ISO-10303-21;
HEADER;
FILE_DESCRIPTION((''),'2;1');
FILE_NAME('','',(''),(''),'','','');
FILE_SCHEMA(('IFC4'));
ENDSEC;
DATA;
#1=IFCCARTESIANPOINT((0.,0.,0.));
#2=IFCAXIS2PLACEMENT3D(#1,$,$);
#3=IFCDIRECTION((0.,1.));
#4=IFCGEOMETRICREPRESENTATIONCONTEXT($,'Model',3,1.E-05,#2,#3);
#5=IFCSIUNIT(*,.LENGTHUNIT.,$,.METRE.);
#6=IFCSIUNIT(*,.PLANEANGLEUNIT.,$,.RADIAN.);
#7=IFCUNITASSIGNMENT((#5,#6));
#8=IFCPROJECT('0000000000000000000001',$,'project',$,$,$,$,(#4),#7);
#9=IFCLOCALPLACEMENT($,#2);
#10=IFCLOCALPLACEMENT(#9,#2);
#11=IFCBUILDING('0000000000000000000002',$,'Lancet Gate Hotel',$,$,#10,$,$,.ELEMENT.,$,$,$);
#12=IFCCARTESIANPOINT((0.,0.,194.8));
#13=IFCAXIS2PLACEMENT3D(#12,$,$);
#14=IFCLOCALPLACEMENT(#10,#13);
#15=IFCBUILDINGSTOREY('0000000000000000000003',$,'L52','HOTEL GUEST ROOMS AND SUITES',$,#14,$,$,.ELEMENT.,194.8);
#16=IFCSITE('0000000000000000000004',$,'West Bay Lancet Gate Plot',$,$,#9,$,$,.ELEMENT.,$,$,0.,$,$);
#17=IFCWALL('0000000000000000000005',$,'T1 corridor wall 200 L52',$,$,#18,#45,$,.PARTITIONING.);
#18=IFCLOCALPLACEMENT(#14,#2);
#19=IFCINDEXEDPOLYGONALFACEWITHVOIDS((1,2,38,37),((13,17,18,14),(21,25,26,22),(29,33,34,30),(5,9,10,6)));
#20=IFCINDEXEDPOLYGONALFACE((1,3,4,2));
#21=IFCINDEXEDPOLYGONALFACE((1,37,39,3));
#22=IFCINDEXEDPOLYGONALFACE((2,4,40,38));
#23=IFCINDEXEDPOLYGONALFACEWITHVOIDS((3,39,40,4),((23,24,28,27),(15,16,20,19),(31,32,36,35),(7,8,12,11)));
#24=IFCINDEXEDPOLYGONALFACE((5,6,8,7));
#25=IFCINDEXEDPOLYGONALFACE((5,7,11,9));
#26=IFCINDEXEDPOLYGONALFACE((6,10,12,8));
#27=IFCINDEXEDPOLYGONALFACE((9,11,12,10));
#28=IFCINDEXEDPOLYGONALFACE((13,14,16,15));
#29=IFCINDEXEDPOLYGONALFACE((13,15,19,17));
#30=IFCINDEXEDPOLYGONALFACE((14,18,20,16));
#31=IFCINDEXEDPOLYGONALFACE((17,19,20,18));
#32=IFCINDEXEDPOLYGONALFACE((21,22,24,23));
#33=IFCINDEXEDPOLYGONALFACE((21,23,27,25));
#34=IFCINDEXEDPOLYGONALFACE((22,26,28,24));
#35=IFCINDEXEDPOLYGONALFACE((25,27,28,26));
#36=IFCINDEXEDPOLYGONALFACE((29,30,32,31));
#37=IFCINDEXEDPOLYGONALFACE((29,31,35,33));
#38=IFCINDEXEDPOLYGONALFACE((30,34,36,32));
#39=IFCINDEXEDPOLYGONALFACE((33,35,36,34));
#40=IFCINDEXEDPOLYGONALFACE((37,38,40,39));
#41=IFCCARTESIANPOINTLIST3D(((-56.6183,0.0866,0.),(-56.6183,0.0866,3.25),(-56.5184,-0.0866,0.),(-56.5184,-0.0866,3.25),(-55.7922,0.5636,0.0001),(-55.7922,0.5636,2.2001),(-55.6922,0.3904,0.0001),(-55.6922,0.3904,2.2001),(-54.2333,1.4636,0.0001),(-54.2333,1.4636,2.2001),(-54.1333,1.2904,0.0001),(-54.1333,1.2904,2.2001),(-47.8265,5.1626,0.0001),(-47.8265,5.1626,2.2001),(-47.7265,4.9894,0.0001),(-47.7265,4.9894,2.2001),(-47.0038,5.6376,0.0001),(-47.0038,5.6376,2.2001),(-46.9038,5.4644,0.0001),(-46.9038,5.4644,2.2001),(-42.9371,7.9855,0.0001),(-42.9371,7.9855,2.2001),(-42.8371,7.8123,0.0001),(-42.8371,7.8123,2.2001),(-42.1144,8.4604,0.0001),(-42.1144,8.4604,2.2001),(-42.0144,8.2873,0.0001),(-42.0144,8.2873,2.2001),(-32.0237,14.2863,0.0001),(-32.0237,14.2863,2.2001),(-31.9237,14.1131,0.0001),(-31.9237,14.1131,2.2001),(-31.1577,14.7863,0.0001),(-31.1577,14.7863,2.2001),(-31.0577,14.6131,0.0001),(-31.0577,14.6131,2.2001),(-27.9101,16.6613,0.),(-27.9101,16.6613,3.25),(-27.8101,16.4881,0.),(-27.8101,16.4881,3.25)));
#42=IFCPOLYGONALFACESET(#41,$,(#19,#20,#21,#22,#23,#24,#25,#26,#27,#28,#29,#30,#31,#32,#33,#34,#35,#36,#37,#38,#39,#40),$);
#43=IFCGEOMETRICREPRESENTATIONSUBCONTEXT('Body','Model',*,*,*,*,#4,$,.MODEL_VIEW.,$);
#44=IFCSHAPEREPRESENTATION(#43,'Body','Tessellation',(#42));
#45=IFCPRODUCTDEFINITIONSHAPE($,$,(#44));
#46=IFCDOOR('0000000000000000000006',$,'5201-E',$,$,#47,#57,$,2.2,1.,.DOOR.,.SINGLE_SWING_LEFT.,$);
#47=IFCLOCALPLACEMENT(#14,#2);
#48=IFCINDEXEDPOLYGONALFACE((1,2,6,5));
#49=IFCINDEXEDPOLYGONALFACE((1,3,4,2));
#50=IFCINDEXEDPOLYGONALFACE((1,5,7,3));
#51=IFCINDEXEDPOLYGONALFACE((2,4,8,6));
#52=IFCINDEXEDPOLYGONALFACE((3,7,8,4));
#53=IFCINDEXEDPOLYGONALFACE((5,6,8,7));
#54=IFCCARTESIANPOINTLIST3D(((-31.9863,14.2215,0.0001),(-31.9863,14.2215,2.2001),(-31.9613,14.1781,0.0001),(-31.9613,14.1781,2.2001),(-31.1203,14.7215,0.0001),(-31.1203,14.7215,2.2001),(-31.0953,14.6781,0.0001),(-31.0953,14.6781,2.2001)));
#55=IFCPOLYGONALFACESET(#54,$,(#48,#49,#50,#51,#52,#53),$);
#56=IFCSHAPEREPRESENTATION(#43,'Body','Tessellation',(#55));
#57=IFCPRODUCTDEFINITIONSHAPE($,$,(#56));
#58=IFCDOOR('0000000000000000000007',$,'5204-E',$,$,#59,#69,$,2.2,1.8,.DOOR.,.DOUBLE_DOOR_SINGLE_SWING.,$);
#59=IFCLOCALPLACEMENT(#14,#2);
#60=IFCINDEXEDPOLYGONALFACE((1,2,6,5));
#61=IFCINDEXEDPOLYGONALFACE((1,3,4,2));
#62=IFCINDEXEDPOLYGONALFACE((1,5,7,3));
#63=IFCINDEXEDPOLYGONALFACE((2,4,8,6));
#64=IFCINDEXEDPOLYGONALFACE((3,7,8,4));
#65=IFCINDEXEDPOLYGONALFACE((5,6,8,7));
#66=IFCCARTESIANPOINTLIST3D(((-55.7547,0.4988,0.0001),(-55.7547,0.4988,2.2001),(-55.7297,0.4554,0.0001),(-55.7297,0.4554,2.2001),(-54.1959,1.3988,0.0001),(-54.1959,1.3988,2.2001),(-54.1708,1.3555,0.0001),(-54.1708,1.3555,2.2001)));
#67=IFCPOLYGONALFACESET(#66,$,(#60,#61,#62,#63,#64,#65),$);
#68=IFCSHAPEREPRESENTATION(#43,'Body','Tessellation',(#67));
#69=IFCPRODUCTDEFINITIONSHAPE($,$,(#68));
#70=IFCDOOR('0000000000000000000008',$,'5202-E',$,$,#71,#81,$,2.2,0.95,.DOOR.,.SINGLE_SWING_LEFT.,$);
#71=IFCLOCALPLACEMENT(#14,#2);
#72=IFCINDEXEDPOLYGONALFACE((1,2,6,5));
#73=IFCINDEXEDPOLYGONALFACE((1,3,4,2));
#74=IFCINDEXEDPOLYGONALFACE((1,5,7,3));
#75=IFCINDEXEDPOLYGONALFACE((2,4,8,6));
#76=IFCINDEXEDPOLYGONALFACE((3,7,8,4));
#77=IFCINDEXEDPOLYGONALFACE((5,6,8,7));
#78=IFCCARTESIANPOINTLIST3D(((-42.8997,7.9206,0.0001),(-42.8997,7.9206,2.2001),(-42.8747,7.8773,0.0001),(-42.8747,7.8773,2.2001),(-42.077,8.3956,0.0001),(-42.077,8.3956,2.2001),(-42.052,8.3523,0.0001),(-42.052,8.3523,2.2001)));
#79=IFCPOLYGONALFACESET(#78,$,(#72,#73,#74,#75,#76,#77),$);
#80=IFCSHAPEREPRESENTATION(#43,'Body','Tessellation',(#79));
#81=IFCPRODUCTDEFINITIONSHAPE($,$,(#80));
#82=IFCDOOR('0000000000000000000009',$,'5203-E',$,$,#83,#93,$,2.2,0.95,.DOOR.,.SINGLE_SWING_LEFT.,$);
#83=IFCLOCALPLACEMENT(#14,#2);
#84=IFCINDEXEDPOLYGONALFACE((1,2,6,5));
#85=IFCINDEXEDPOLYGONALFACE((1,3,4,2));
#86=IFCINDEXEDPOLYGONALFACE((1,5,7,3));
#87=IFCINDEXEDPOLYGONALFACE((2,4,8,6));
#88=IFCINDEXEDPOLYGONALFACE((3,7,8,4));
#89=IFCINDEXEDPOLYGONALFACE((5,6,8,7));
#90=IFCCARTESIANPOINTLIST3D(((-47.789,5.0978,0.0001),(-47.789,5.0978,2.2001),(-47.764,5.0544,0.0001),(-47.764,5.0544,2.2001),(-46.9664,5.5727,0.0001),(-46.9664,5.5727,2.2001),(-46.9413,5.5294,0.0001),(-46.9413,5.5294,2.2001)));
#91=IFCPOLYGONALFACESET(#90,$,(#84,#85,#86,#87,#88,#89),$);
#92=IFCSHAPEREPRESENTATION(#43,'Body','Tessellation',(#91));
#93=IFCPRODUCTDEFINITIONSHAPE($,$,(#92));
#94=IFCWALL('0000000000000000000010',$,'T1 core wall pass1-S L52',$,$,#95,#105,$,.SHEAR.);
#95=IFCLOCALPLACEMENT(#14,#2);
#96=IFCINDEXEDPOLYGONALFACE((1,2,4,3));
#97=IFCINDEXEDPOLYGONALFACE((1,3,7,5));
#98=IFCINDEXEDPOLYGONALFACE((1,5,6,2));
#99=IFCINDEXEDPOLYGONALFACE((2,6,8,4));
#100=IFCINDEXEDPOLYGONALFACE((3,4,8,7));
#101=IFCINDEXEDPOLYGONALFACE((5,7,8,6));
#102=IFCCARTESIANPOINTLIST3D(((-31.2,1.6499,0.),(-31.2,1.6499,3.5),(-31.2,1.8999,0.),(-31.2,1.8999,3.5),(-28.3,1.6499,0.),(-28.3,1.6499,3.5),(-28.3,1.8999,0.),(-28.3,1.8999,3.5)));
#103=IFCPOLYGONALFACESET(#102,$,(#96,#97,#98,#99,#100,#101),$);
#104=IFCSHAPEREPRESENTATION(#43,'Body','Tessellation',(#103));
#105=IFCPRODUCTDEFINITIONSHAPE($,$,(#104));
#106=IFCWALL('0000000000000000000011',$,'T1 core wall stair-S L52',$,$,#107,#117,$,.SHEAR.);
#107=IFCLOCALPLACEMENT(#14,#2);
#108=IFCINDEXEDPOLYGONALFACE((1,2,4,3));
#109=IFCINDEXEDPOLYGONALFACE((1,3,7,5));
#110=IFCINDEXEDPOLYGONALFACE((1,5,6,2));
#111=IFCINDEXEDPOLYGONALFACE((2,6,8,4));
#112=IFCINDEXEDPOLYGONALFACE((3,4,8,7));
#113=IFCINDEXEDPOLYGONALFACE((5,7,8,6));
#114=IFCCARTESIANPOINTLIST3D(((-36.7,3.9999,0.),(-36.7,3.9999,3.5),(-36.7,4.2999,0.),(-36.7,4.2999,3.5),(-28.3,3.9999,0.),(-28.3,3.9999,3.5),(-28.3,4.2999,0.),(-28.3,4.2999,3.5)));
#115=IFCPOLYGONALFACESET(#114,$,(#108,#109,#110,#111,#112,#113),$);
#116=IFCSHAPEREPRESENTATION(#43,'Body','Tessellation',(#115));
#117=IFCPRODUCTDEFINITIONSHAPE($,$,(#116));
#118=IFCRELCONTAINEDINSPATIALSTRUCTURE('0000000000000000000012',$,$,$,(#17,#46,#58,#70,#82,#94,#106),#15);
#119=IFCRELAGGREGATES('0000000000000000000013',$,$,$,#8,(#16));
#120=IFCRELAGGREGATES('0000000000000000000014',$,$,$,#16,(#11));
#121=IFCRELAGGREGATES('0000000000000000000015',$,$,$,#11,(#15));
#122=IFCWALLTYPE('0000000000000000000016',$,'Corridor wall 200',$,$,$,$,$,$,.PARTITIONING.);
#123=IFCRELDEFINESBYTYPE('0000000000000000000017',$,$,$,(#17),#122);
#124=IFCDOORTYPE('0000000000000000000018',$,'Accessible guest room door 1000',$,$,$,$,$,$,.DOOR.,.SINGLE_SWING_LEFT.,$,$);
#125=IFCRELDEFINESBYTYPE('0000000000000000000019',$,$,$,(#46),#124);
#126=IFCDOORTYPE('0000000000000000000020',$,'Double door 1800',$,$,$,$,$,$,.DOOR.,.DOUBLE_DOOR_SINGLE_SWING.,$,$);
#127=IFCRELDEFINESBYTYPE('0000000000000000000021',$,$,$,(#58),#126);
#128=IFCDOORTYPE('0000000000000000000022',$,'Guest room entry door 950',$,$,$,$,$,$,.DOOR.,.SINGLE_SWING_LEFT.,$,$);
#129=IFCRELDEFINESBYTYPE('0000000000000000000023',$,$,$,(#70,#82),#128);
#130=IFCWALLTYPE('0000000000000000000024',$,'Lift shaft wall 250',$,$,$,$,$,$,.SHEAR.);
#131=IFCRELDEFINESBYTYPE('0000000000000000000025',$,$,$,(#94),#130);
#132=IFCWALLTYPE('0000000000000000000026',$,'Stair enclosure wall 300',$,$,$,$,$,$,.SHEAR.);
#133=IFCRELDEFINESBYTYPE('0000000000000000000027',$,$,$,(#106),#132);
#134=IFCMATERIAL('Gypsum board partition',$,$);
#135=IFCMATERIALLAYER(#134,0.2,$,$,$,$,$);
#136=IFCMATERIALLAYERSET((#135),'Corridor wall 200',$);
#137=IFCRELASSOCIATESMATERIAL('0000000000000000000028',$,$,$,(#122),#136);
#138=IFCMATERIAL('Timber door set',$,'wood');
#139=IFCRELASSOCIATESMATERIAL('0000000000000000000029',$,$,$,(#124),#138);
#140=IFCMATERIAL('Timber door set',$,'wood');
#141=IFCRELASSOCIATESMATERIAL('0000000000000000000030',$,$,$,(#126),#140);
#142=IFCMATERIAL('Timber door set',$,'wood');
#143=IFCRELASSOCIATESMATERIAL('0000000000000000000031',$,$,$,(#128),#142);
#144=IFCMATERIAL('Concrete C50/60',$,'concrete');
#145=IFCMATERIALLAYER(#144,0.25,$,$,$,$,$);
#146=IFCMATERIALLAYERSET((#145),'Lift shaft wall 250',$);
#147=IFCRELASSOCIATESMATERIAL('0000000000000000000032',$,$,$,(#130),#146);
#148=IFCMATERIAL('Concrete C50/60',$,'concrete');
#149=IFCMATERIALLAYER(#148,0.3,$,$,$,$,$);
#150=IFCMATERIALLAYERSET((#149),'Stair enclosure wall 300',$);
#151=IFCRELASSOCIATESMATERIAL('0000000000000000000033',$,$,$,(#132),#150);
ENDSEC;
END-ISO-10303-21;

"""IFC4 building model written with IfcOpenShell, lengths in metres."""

from ifc_helpers import new_model, si_unit, direction, frame, frame_2d, origin, place, context, subcontext, project, spatial, rectangle, extrude, material, layer, layer_set, type_object, element, fill, save


model = new_model("IFC4")

# Units and contexts
model_context = context("Model", 3, precision=1e-05, world=origin(), true_north=direction((0.0, 1.0)))
body_context = subcontext(model_context, "Body", "Model", "MODEL_VIEW")
ifc_project = project(units=[si_unit("LENGTHUNIT", "METRE"), si_unit("PLANEANGLEUNIT", "RADIAN")], contexts=[model_context])

# Site, building, storey
site_placement = place(None, origin())
site = spatial("IfcSite", under=ifc_project, at=site_placement, Name="West Bay Lancet Gate Plot", CompositionType="ELEMENT", RefElevation=0.0)
building_placement = place(site_placement, origin())
building = spatial("IfcBuilding", under=site, at=building_placement, Name="Lancet Gate Hotel", CompositionType="ELEMENT")
storey_placement = place(building_placement, frame((0.0, 0.0, 194.8)))
storey = spatial("IfcBuildingStorey", under=building, at=storey_placement, Name="L52", Description="HOTEL GUEST ROOMS AND SUITES", CompositionType="ELEMENT", Elevation=194.8)

# Wall, openings, doors
ifc_material_1 = material(Name="Gypsum board partition")
ifc_layer_1 = layer(ifc_material_1, 0.2)
ifc_layer_set_1 = layer_set([ifc_layer_1], Name="Corridor wall 200")
wall_type_1 = type_object("IfcWallType", Name="Corridor wall 200", PredefinedType="PARTITIONING", material=ifc_layer_set_1)
wall_1_placement = place(storey_placement, frame((-27.8601, 16.5747, 0.0), z_axis=(0.0, 0.0, 1.0), x_axis=(-0.866026, -0.5, 0.0)))
wall_1 = element("IfcWall", 1, at=wall_1_placement, inside=storey, type_object=wall_type_1, Name="T1 corridor wall 200 L52", PredefinedType="PARTITIONING", context=body_context, shape_type="SweptSolid", body=[
    extrude(rectangle(XDim=33.1494, YDim=0.2, at=frame_2d((16.5747, 0.0))), origin(), (0.0, 0.0, 1.0), 3.25),
])
opening_1_placement = place(wall_1_placement, frame((3.75, 0.0, 0.0)))
opening_1 = element("IfcOpeningElement", 2, at=opening_1_placement, cuts=wall_1, PredefinedType="OPENING", context=body_context, shape_type="SweptSolid", body=[
    extrude(rectangle(XDim=1.0, YDim=2.2, at=frame_2d((0.5, 1.1001))), frame((0.0, 0.1099, 0.0), z_axis=(0.0, -1.0, 0.0), x_axis=(1.0, 0.0, 0.0)), (0.0, 0.0, 1.0), 0.22),
])
opening_2_placement = place(wall_1_placement, frame((16.4016, 0.0, 0.0)))
opening_2 = element("IfcOpeningElement", 3, at=opening_2_placement, cuts=wall_1, PredefinedType="OPENING", context=body_context, shape_type="SweptSolid", body=[
    extrude(rectangle(XDim=0.95, YDim=2.2, at=frame_2d((0.4751, 1.1001))), frame((0.0, 0.1099, 0.0), z_axis=(0.0, -1.0, 0.0), x_axis=(1.0, 0.0, 0.0)), (0.0, 0.0, 1.0), 0.22),
])
opening_3_placement = place(wall_1_placement, frame((22.0474, 0.0, 0.0)))
opening_3 = element("IfcOpeningElement", 4, at=opening_3_placement, cuts=wall_1, PredefinedType="OPENING", context=body_context, shape_type="SweptSolid", body=[
    extrude(rectangle(XDim=0.95, YDim=2.2, at=frame_2d((0.4751, 1.1001))), frame((0.0, 0.1099, 0.0), z_axis=(0.0, -1.0, 0.0), x_axis=(1.0, 0.0, 0.0)), (0.0, 0.0, 1.0), 0.22),
])
opening_4_placement = place(wall_1_placement, frame((30.3955, 0.0, 0.0)))
opening_4 = element("IfcOpeningElement", 5, at=opening_4_placement, cuts=wall_1, PredefinedType="OPENING", context=body_context, shape_type="SweptSolid", body=[
    extrude(rectangle(XDim=1.8, YDim=2.2, at=frame_2d((0.8999, 1.1001))), frame((0.0, 0.1099, 0.0), z_axis=(0.0, -1.0, 0.0), x_axis=(1.0, 0.0, 0.0)), (0.0, 0.0, 1.0), 0.22),
])
ifc_material_2 = material(Name="Timber door set", Category="wood")
door_type_1 = type_object("IfcDoorType", Name="Accessible guest room door 1000", OperationType="SINGLE_SWING_LEFT", PredefinedType="DOOR", material=ifc_material_2)
door_1_placement = place(opening_1_placement, origin())
door_1 = element("IfcDoor", 6, at=door_1_placement, inside=storey, type_object=door_type_1, Name="5201-E", OperationType="SINGLE_SWING_LEFT", OverallHeight=2.2, OverallWidth=1.0, PredefinedType="DOOR", context=body_context, shape_type="SweptSolid", body=[
    extrude(rectangle(XDim=1.0, YDim=2.2, at=frame_2d((0.5, 1.1001))), frame((0.0, 0.0249, 0.0), z_axis=(0.0, -1.0, 0.0), x_axis=(1.0, 0.0, 0.0)), (0.0, 0.0, 1.0), 0.05),
])
fill(opening_1, door_1)
ifc_material_3 = material(Name="Timber door set", Category="wood")
door_type_2 = type_object("IfcDoorType", Name="Double door 1800", OperationType="DOUBLE_DOOR_SINGLE_SWING", PredefinedType="DOOR", material=ifc_material_3)
door_2_placement = place(opening_4_placement, origin())
door_2 = element("IfcDoor", 7, at=door_2_placement, inside=storey, type_object=door_type_2, Name="5204-E", OperationType="DOUBLE_DOOR_SINGLE_SWING", OverallHeight=2.2, OverallWidth=1.8, PredefinedType="DOOR", context=body_context, shape_type="SweptSolid", body=[
    extrude(rectangle(XDim=1.8, YDim=2.2, at=frame_2d((0.8999, 1.1001))), frame((0.0, 0.0249, 0.0), z_axis=(0.0, -1.0, 0.0), x_axis=(1.0, 0.0, 0.0)), (0.0, 0.0, 1.0), 0.05),
])
fill(opening_4, door_2)
ifc_material_4 = material(Name="Timber door set", Category="wood")
door_type_3 = type_object("IfcDoorType", Name="Guest room entry door 950", OperationType="SINGLE_SWING_LEFT", PredefinedType="DOOR", material=ifc_material_4)
door_3_placement = place(opening_2_placement, origin())
door_3 = element("IfcDoor", 8, at=door_3_placement, inside=storey, type_object=door_type_3, Name="5202-E", OperationType="SINGLE_SWING_LEFT", OverallHeight=2.2, OverallWidth=0.95, PredefinedType="DOOR", context=body_context, shape_type="SweptSolid", body=[
    extrude(rectangle(XDim=0.95, YDim=2.2, at=frame_2d((0.4751, 1.1001))), frame((0.0, 0.0249, 0.0), z_axis=(0.0, -1.0, 0.0), x_axis=(1.0, 0.0, 0.0)), (0.0, 0.0, 1.0), 0.05),
])
fill(opening_2, door_3)
door_4_placement = place(opening_3_placement, origin())
door_4 = element("IfcDoor", 9, at=door_4_placement, inside=storey, type_object=door_type_3, Name="5203-E", OperationType="SINGLE_SWING_LEFT", OverallHeight=2.2, OverallWidth=0.95, PredefinedType="DOOR", context=body_context, shape_type="SweptSolid", body=[
    extrude(rectangle(XDim=0.95, YDim=2.2, at=frame_2d((0.4751, 1.1001))), frame((0.0, 0.0249, 0.0), z_axis=(0.0, -1.0, 0.0), x_axis=(1.0, 0.0, 0.0)), (0.0, 0.0, 1.0), 0.05),
])
fill(opening_3, door_4)

# Walls
ifc_material_5 = material(Name="Concrete C50/60", Category="concrete")
ifc_layer_2 = layer(ifc_material_5, 0.25)
ifc_layer_set_2 = layer_set([ifc_layer_2], Name="Lift shaft wall 250")
wall_type_2 = type_object("IfcWallType", Name="Lift shaft wall 250", PredefinedType="SHEAR", material=ifc_layer_set_2)
wall_2_placement = place(storey_placement, frame((-28.3, 1.7749, 0.0), z_axis=(0.0, 0.0, 1.0), x_axis=(-1.0, 0.0, 0.0)))
element("IfcWall", 10, at=wall_2_placement, inside=storey, type_object=wall_type_2, Name="T1 core wall pass1-S L52", PredefinedType="SHEAR", context=body_context, shape_type="SweptSolid", body=[
    extrude(rectangle(XDim=2.8999, YDim=0.25, at=frame_2d((1.45, 0.0))), origin(), (0.0, 0.0, 1.0), 3.5),
])
ifc_material_6 = material(Name="Concrete C50/60", Category="concrete")
ifc_layer_3 = layer(ifc_material_6, 0.3)
ifc_layer_set_3 = layer_set([ifc_layer_3], Name="Stair enclosure wall 300")
wall_type_3 = type_object("IfcWallType", Name="Stair enclosure wall 300", PredefinedType="SHEAR", material=ifc_layer_set_3)
wall_3_placement = place(storey_placement, frame((-28.3, 4.1499, 0.0), z_axis=(0.0, 0.0, 1.0), x_axis=(-1.0, 0.0, 0.0)))
element("IfcWall", 11, at=wall_3_placement, inside=storey, type_object=wall_type_3, Name="T1 core wall stair-S L52", PredefinedType="SHEAR", context=body_context, shape_type="SweptSolid", body=[
    extrude(rectangle(XDim=8.3999, YDim=0.3, at=frame_2d((4.2, 0.0))), origin(), (0.0, 0.0, 1.0), 3.5),
])

save(model, "model.ifc")
